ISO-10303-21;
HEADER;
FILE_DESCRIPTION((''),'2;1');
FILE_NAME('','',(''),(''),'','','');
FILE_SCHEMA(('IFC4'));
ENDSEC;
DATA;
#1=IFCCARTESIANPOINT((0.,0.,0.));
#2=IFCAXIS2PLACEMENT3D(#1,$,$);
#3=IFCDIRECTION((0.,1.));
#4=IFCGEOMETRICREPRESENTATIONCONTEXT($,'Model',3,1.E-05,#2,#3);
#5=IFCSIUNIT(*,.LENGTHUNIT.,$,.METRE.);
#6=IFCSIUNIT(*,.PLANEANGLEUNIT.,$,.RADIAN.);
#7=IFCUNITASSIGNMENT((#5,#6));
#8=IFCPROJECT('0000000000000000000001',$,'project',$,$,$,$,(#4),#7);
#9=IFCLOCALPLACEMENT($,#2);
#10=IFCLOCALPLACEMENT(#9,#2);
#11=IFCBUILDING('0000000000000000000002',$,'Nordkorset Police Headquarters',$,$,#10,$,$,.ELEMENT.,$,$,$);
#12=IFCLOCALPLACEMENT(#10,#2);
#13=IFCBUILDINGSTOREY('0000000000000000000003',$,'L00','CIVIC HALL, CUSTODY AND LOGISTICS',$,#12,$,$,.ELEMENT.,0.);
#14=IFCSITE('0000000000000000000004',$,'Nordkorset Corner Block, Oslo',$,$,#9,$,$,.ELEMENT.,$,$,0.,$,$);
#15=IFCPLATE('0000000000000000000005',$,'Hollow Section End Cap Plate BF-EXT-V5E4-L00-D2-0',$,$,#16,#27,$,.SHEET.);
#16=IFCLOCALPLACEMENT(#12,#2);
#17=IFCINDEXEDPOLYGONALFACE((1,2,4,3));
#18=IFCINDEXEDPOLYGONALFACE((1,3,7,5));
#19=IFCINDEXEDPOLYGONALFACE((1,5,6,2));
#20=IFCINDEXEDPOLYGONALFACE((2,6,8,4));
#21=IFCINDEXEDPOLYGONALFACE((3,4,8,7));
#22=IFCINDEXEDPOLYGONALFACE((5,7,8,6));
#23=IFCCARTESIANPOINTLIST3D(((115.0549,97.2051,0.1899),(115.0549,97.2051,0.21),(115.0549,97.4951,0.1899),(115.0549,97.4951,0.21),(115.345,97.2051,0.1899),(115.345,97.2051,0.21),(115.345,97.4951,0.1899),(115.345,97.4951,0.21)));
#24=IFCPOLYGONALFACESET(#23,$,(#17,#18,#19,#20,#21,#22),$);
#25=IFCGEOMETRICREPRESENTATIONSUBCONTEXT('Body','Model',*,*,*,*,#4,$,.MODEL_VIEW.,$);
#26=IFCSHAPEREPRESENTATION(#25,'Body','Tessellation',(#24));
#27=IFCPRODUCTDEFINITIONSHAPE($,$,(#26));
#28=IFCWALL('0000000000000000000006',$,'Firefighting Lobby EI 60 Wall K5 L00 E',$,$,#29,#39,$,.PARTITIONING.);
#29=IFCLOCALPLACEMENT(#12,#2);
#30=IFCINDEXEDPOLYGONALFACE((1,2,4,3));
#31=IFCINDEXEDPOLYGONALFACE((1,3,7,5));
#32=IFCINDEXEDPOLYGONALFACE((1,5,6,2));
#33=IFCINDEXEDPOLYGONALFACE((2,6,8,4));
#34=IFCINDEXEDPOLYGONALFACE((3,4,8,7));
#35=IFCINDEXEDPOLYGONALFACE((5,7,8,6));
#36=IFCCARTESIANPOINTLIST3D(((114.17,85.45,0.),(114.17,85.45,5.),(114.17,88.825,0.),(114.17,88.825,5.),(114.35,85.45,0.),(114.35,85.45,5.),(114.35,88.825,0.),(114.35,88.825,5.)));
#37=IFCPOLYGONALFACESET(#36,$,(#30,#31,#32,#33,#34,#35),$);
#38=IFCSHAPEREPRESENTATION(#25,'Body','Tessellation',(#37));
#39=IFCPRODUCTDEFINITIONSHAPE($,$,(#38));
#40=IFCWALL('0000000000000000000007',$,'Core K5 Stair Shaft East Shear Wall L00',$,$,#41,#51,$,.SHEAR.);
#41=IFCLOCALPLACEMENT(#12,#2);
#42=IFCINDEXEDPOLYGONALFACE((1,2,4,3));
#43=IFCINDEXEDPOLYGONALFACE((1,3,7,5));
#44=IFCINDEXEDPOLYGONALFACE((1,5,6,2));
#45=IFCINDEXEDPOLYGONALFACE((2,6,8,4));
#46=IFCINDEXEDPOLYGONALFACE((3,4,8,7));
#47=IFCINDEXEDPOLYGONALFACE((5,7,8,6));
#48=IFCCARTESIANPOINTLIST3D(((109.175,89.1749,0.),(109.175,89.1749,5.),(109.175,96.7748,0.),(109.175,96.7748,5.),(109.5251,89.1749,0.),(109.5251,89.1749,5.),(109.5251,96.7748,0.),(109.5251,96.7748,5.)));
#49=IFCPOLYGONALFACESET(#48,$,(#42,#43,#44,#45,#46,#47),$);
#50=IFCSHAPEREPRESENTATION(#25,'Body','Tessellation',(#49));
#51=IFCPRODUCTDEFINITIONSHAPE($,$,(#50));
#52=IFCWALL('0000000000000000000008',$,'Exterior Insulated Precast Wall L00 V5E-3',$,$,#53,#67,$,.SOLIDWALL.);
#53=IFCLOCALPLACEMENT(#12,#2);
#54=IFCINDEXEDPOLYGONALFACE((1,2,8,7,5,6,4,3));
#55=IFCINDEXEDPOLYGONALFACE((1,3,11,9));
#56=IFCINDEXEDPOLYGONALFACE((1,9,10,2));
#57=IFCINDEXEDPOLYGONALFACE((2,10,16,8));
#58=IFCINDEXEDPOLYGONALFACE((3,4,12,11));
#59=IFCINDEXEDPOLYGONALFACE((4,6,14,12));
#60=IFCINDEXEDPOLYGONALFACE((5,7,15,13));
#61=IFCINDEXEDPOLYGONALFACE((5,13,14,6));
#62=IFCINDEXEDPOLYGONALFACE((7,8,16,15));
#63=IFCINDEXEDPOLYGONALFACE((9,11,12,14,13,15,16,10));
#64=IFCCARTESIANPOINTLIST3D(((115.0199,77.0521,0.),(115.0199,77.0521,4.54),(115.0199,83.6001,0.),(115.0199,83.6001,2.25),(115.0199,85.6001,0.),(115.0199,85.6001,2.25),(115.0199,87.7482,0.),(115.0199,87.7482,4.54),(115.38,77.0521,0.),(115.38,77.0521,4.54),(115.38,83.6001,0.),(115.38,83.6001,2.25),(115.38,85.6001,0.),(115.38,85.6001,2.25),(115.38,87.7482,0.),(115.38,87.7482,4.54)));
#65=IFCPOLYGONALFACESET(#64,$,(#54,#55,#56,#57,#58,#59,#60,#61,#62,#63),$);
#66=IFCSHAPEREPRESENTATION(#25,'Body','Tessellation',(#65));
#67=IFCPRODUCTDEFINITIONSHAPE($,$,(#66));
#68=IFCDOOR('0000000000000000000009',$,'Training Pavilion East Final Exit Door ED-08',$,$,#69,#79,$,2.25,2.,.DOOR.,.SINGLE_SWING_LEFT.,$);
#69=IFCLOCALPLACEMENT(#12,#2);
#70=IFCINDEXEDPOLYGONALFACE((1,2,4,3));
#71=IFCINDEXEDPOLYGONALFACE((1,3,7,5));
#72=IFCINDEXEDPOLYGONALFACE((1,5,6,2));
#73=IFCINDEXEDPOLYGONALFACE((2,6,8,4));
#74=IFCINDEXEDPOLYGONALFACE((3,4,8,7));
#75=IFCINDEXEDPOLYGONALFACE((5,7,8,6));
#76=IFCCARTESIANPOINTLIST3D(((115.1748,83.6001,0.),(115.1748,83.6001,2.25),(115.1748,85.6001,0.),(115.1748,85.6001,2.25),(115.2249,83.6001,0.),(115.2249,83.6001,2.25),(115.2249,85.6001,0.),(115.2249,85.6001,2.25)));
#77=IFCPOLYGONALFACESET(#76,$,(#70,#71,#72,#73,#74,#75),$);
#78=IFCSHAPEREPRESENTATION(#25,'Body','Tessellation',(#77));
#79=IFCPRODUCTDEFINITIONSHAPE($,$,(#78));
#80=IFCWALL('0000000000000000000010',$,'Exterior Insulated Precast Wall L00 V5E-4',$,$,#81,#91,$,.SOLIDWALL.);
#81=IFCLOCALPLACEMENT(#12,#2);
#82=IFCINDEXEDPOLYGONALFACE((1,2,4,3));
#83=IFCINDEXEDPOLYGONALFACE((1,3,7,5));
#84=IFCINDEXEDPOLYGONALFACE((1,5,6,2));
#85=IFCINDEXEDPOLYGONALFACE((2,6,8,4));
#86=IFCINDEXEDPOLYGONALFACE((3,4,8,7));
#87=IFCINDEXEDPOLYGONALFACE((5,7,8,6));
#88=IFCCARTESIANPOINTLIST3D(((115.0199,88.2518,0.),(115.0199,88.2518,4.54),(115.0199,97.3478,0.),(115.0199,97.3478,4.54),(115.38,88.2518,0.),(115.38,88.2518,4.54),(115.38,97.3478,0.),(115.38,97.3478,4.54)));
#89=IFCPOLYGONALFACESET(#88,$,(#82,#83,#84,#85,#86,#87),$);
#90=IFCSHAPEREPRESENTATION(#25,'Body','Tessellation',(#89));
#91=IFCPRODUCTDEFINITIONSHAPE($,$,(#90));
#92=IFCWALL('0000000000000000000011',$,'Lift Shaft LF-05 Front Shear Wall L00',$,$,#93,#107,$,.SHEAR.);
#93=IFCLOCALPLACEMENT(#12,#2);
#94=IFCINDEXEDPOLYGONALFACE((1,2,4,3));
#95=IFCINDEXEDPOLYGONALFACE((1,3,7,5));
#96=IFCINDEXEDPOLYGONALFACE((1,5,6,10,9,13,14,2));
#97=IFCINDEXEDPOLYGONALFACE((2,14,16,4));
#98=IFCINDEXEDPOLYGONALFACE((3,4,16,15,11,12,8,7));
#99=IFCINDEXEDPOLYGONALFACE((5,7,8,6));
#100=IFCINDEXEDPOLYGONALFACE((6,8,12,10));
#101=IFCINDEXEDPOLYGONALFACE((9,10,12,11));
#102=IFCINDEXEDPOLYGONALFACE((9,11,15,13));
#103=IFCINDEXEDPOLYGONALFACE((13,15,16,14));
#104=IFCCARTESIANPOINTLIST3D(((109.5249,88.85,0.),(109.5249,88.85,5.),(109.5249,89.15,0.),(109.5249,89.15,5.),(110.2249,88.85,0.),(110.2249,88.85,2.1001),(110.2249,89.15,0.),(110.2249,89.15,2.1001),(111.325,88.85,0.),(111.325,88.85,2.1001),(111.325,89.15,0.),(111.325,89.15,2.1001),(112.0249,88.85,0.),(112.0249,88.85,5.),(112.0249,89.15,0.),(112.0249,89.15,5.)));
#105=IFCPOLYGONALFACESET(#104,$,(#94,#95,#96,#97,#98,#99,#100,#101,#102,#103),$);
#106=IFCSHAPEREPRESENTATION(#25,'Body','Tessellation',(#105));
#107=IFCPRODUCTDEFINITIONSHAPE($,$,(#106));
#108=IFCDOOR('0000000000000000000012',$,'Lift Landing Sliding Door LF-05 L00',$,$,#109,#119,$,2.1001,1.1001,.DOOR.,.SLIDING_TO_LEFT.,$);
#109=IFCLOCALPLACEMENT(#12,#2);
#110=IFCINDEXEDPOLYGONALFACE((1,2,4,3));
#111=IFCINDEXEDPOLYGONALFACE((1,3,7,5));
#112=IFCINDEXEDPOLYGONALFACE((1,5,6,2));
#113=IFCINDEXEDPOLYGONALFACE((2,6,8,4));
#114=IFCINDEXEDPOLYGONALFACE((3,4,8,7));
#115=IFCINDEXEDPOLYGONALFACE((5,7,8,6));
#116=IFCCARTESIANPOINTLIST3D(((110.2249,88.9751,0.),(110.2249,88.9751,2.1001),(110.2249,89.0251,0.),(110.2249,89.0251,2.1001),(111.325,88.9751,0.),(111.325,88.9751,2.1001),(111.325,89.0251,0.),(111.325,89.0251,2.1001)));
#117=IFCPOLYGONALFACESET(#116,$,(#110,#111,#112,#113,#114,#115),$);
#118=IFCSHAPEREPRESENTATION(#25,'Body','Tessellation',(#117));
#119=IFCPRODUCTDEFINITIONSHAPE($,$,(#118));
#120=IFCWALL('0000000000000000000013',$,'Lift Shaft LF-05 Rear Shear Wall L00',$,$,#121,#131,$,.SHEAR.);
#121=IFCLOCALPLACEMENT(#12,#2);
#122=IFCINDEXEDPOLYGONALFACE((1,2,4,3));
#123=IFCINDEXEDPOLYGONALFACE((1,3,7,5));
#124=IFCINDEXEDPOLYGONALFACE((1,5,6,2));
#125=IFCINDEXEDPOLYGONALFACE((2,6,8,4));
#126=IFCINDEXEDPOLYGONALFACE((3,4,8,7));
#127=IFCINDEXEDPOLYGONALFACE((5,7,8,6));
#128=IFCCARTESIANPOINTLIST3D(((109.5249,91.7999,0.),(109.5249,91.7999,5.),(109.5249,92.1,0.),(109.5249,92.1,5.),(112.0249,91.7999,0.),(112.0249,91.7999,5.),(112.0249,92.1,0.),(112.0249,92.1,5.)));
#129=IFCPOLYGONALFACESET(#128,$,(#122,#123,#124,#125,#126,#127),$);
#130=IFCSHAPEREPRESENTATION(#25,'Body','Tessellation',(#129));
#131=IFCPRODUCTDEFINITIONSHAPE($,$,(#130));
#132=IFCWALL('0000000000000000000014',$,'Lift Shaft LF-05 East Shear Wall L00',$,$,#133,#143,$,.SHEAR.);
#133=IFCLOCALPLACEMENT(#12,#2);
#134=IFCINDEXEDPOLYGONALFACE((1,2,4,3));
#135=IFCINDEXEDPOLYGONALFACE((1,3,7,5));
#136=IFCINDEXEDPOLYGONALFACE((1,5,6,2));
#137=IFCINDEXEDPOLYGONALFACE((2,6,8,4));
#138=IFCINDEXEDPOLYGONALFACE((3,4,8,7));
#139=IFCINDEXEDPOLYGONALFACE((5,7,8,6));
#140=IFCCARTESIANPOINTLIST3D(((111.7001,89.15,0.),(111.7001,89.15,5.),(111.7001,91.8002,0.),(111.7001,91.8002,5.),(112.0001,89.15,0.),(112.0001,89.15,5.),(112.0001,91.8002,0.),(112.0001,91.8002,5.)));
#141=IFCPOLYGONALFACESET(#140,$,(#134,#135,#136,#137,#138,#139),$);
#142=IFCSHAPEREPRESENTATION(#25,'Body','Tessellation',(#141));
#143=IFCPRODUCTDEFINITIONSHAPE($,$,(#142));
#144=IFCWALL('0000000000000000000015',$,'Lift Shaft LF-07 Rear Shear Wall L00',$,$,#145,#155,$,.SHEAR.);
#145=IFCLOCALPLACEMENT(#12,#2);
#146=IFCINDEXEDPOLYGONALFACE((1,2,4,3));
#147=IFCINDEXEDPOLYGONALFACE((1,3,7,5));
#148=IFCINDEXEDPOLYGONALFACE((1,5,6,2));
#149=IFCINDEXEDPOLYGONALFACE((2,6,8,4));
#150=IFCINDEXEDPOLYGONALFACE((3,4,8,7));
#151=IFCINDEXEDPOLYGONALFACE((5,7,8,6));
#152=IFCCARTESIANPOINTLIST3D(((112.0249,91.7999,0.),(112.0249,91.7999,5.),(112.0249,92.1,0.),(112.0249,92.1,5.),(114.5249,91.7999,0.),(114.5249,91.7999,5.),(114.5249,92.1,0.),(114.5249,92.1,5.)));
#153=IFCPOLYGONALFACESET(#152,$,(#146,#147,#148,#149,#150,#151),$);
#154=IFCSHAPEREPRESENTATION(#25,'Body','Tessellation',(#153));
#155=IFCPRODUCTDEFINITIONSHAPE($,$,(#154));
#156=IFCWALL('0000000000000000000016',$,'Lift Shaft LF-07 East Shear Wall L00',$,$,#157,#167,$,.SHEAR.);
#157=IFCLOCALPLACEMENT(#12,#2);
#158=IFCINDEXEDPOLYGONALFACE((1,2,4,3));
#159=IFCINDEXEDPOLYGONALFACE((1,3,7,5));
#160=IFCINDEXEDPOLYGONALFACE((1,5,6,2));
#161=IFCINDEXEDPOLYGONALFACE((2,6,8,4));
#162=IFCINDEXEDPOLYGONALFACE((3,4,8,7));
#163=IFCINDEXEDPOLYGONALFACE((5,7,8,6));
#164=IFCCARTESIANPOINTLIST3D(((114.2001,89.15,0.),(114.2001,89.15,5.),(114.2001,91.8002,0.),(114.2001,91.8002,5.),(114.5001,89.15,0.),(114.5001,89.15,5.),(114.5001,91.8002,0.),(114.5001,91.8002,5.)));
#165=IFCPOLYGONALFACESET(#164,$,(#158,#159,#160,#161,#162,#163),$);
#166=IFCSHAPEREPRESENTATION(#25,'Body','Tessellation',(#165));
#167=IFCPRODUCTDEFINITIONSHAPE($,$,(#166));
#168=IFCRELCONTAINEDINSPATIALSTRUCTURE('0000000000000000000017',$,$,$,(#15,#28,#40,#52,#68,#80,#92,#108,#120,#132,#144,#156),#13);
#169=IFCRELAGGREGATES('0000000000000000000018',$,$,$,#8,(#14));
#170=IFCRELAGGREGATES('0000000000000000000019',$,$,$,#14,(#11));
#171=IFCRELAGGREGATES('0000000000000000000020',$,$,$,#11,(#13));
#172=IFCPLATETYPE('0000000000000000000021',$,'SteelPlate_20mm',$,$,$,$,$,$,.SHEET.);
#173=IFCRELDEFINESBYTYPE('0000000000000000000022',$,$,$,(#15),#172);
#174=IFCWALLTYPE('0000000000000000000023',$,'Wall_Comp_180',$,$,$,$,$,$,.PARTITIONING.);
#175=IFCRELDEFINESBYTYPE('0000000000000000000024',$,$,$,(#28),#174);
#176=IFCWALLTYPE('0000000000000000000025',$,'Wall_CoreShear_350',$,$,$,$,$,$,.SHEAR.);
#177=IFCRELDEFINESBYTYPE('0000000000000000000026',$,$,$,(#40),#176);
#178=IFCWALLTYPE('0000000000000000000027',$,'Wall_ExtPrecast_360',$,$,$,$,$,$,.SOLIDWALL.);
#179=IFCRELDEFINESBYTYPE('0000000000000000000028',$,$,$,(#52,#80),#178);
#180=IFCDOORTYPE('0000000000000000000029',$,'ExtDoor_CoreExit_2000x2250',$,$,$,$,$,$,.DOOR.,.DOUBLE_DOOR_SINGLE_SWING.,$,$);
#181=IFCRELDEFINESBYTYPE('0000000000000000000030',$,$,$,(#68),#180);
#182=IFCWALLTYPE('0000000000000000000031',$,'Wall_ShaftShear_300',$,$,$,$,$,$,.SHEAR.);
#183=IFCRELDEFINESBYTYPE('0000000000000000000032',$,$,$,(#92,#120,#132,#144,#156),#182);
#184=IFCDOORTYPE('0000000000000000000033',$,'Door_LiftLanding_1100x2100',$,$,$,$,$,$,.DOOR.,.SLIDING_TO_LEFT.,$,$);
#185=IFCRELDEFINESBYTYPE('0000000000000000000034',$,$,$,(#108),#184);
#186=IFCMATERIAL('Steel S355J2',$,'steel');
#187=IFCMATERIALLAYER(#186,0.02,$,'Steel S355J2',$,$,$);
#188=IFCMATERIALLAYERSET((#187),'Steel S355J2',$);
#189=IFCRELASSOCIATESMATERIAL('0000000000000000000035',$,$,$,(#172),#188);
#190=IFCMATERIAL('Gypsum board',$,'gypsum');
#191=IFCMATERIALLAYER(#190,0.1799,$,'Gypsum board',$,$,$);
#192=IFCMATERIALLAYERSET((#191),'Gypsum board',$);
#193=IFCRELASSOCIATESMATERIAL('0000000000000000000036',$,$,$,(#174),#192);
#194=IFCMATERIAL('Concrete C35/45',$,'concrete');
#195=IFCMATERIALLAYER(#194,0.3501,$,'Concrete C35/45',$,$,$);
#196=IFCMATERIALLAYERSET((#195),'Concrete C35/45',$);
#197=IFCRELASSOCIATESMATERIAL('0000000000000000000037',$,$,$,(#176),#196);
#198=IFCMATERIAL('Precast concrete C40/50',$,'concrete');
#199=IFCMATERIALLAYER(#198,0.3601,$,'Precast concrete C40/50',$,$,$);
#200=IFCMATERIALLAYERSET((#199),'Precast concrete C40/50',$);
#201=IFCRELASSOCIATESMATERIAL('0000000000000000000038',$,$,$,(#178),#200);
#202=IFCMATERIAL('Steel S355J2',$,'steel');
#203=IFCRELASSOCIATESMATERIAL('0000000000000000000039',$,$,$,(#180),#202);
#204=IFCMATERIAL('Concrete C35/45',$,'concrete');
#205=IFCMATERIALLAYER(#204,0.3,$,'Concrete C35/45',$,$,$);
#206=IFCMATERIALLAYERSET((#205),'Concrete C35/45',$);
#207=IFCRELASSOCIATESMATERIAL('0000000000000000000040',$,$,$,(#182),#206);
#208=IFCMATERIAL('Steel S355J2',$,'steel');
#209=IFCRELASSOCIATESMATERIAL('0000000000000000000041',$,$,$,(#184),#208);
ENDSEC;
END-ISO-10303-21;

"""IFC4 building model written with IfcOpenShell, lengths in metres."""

from ifc_helpers import new_model, si_unit, direction, frame, frame_2d, origin, origin_2d, place, context, subcontext, project, spatial, rectangle, extrude, material, layer, layer_set, type_object, element, fill, save


model = new_model("IFC4")

# Units and contexts
model_context = context("Model", 3, precision=1e-05, world=origin(), true_north=direction((0.0, 1.0)))
body_context = subcontext(model_context, "Body", "Model", "MODEL_VIEW")
ifc_project = project(units=[si_unit("LENGTHUNIT", "METRE"), si_unit("PLANEANGLEUNIT", "RADIAN")], contexts=[model_context])

# Site, building, storey
site_placement = place(None, origin())
site = spatial("IfcSite", under=ifc_project, at=site_placement, Name="Nordkorset Corner Block, Oslo", CompositionType="ELEMENT", RefElevation=0.0)
building_placement = place(site_placement, origin())
building = spatial("IfcBuilding", under=site, at=building_placement, Name="Nordkorset Police Headquarters", CompositionType="ELEMENT")
storey_placement = place(building_placement, origin())
storey = spatial("IfcBuildingStorey", under=building, at=storey_placement, Name="L00", Description="CIVIC HALL, CUSTODY AND LOGISTICS", CompositionType="ELEMENT", Elevation=0.0)

# Plate
ifc_material_1 = material(Name="Steel S355J2", Category="steel")
ifc_layer_1 = layer(ifc_material_1, 0.02, Name="Steel S355J2")
ifc_layer_set_1 = layer_set([ifc_layer_1], Name="Steel S355J2")
plate_type = type_object("IfcPlateType", Name="SteelPlate_20mm", PredefinedType="SHEET", material=ifc_layer_set_1)
for number, where, z_axis, x_axis, name in (
    (1, (115.2, 97.3501, 0.1899), (0.0, 0.0, 1.0), (1.0, 0.0, 0.0), "Hollow Section End Cap Plate BF-EXT-V5E4-L00-D2-0"),
):
    element("IfcPlate", number, at=place(storey_placement, frame(where, z_axis=z_axis, x_axis=x_axis)), inside=storey, type_object=plate_type, Name=name, PredefinedType="SHEET", context=body_context, shape_type="SweptSolid", body=[
        extrude(rectangle(XDim=0.29, YDim=0.29, at=origin_2d()), origin(), (0.0, 0.0, 1.0), 0.02),
    ])

# Walls
ifc_material_2 = material(Name="Gypsum board", Category="gypsum")
ifc_layer_2 = layer(ifc_material_2, 0.1799, Name="Gypsum board")
ifc_layer_set_2 = layer_set([ifc_layer_2], Name="Gypsum board")
wall_type_1 = type_object("IfcWallType", Name="Wall_Comp_180", PredefinedType="PARTITIONING", material=ifc_layer_set_2)
wall_1_placement = place(storey_placement, frame((114.26, 85.45, 0.0), z_axis=(0.0, 0.0, 1.0), x_axis=(0.0, 1.0, 0.0)))
element("IfcWall", 2, at=wall_1_placement, inside=storey, type_object=wall_type_1, Name="Firefighting Lobby EI 60 Wall K5 L00 E", PredefinedType="PARTITIONING", context=body_context, shape_type="SweptSolid", body=[
    extrude(rectangle(XDim=3.375, YDim=0.1799, at=frame_2d((1.6875, 0.0))), origin(), (0.0, 0.0, 1.0), 5.0),
])
ifc_material_3 = material(Name="Concrete C35/45", Category="concrete")
ifc_layer_3 = layer(ifc_material_3, 0.3501, Name="Concrete C35/45")
ifc_layer_set_3 = layer_set([ifc_layer_3], Name="Concrete C35/45")
wall_type_2 = type_object("IfcWallType", Name="Wall_CoreShear_350", PredefinedType="SHEAR", material=ifc_layer_set_3)
wall_2_placement = place(storey_placement, frame((109.3501, 89.175, 0.0), z_axis=(0.0, 0.0, 1.0), x_axis=(0.0, 1.0, 0.0)))
element("IfcWall", 3, at=wall_2_placement, inside=storey, type_object=wall_type_2, Name="Core K5 Stair Shaft East Shear Wall L00", PredefinedType="SHEAR", context=body_context, shape_type="SweptSolid", body=[
    extrude(rectangle(XDim=7.5999, YDim=0.3501, at=frame_2d((3.7998, 0.0))), origin(), (0.0, 0.0, 1.0), 5.0),
])

# Wall, opening, door
ifc_material_4 = material(Name="Precast concrete C40/50", Category="concrete")
ifc_layer_4 = layer(ifc_material_4, 0.3601, Name="Precast concrete C40/50")
ifc_layer_set_4 = layer_set([ifc_layer_4], Name="Precast concrete C40/50")
wall_type_3 = type_object("IfcWallType", Name="Wall_ExtPrecast_360", PredefinedType="SOLIDWALL", material=ifc_layer_set_4)
wall_3_placement = place(storey_placement, frame((115.2, 77.052, 0.0), z_axis=(0.0, 0.0, 1.0), x_axis=(0.0, 1.0, 0.0)))
wall_3 = element("IfcWall", 4, at=wall_3_placement, inside=storey, type_object=wall_type_3, Name="Exterior Insulated Precast Wall L00 V5E-3", PredefinedType="SOLIDWALL", context=body_context, shape_type="SweptSolid", body=[
    extrude(rectangle(XDim=10.696, YDim=0.3601, at=frame_2d((5.3481, 0.0))), origin(), (0.0, 0.0, 1.0), 4.54),
])
opening_1_placement = place(wall_3_placement, frame((6.5481, 0.0, 0.0)))
opening_1 = element("IfcOpeningElement", 5, at=opening_1_placement, cuts=wall_3, PredefinedType="OPENING", context=body_context, shape_type="SweptSolid", body=[
    extrude(rectangle(XDim=2.0, YDim=2.25, at=frame_2d((1.0, 1.125))), frame((0.0, 0.1899, 0.0), z_axis=(0.0, -1.0, 0.0), x_axis=(1.0, 0.0, 0.0)), (0.0, 0.0, 1.0), 0.3801),
])
ifc_material_5 = material(Name="Steel S355J2", Category="steel")
door_type_1 = type_object("IfcDoorType", Name="ExtDoor_CoreExit_2000x2250", OperationType="DOUBLE_DOOR_SINGLE_SWING", PredefinedType="DOOR", material=ifc_material_5)
door_1_placement = place(opening_1_placement, frame((2.0, 0.0, 0.0), z_axis=(0.0, 0.0, 1.0), x_axis=(-1.0, 0.0, 0.0)))
door_1 = element("IfcDoor", 6, at=door_1_placement, inside=storey, type_object=door_type_1, Name="Training Pavilion East Final Exit Door ED-08", OperationType="SINGLE_SWING_LEFT", OverallHeight=2.25, OverallWidth=2.0, PredefinedType="DOOR", context=body_context, shape_type="SweptSolid", body=[
    extrude(rectangle(XDim=2.0, YDim=2.25, at=frame_2d((1.0, 1.125))), frame((0.0, 0.0249, 0.0), z_axis=(0.0, -1.0, 0.0), x_axis=(1.0, 0.0, 0.0)), (0.0, 0.0, 1.0), 0.05),
])
fill(opening_1, door_1)

# Wall
wall_4_placement = place(storey_placement, frame((115.2, 88.252, 0.0), z_axis=(0.0, 0.0, 1.0), x_axis=(0.0, 1.0, 0.0)))
element("IfcWall", 7, at=wall_4_placement, inside=storey, type_object=wall_type_3, Name="Exterior Insulated Precast Wall L00 V5E-4", PredefinedType="SOLIDWALL", context=body_context, shape_type="SweptSolid", body=[
    extrude(rectangle(XDim=9.0959, YDim=0.3601, at=frame_2d((4.5479, 0.0))), origin(), (0.0, 0.0, 1.0), 4.54),
])

# Wall, opening, door
ifc_material_6 = material(Name="Concrete C35/45", Category="concrete")
ifc_layer_5 = layer(ifc_material_6, 0.3, Name="Concrete C35/45")
ifc_layer_set_5 = layer_set([ifc_layer_5], Name="Concrete C35/45")
wall_type_4 = type_object("IfcWallType", Name="Wall_ShaftShear_300", PredefinedType="SHEAR", material=ifc_layer_set_5)
wall_5_placement = place(storey_placement, frame((109.5249, 89.0, 0.0), z_axis=(0.0, 0.0, 1.0), x_axis=(1.0, 0.0, 0.0)))
wall_5 = element("IfcWall", 8, at=wall_5_placement, inside=storey, type_object=wall_type_4, Name="Lift Shaft LF-05 Front Shear Wall L00", PredefinedType="SHEAR", context=body_context, shape_type="SweptSolid", body=[
    extrude(rectangle(XDim=2.5, YDim=0.3, at=frame_2d((1.25, 0.0))), origin(), (0.0, 0.0, 1.0), 5.0),
])
opening_2_placement = place(wall_5_placement, frame((0.7, 0.0, 0.0)))
opening_2 = element("IfcOpeningElement", 9, at=opening_2_placement, cuts=wall_5, PredefinedType="OPENING", context=body_context, shape_type="SweptSolid", body=[
    extrude(rectangle(XDim=1.1001, YDim=2.1001, at=frame_2d((0.55, 1.05))), frame((0.0, 0.1602, 0.0), z_axis=(0.0, -1.0, 0.0), x_axis=(1.0, 0.0, 0.0)), (0.0, 0.0, 1.0), 0.3201),
])
ifc_material_7 = material(Name="Steel S355J2", Category="steel")
door_type_2 = type_object("IfcDoorType", Name="Door_LiftLanding_1100x2100", OperationType="SLIDING_TO_LEFT", PredefinedType="DOOR", material=ifc_material_7)
door_2_placement = place(opening_2_placement, frame((1.1001, 0.0, 0.0), z_axis=(0.0, 0.0, 1.0), x_axis=(-1.0, 0.0, 0.0)))
door_2 = element("IfcDoor", 10, at=door_2_placement, inside=storey, type_object=door_type_2, Name="Lift Landing Sliding Door LF-05 L00", OperationType="SLIDING_TO_LEFT", OverallHeight=2.1001, OverallWidth=1.1001, PredefinedType="DOOR", context=body_context, shape_type="SweptSolid", body=[
    extrude(rectangle(XDim=1.1001, YDim=2.1001, at=frame_2d((0.55, 1.05))), frame((0.0, 0.0249, 0.0), z_axis=(0.0, -1.0, 0.0), x_axis=(1.0, 0.0, 0.0)), (0.0, 0.0, 1.0), 0.05),
])
fill(opening_2, door_2)

# Walls
wall_6_placement = place(storey_placement, frame((109.5249, 91.95, 0.0), z_axis=(0.0, 0.0, 1.0), x_axis=(1.0, 0.0, 0.0)))
element("IfcWall", 11, at=wall_6_placement, inside=storey, type_object=wall_type_4, Name="Lift Shaft LF-05 Rear Shear Wall L00", PredefinedType="SHEAR", context=body_context, shape_type="SweptSolid", body=[
    extrude(rectangle(XDim=2.5, YDim=0.3, at=frame_2d((1.25, 0.0))), origin(), (0.0, 0.0, 1.0), 5.0),
])
wall_7_placement = place(storey_placement, frame((111.8501, 89.1499, 0.0), z_axis=(0.0, 0.0, 1.0), x_axis=(0.0, 1.0, 0.0)))
element("IfcWall", 12, at=wall_7_placement, inside=storey, type_object=wall_type_4, Name="Lift Shaft LF-05 East Shear Wall L00", PredefinedType="SHEAR", context=body_context, shape_type="SweptSolid", body=[
    extrude(rectangle(XDim=2.6501, YDim=0.3, at=frame_2d((1.3252, 0.0))), origin(), (0.0, 0.0, 1.0), 5.0),
])

# Walls
wall_8_placement = place(storey_placement, frame((112.0249, 91.95, 0.0), z_axis=(0.0, 0.0, 1.0), x_axis=(1.0, 0.0, 0.0)))
element("IfcWall", 13, at=wall_8_placement, inside=storey, type_object=wall_type_4, Name="Lift Shaft LF-07 Rear Shear Wall L00", PredefinedType="SHEAR", context=body_context, shape_type="SweptSolid", body=[
    extrude(rectangle(XDim=2.5, YDim=0.3, at=frame_2d((1.25, 0.0))), origin(), (0.0, 0.0, 1.0), 5.0),
])
wall_9_placement = place(storey_placement, frame((114.3501, 89.1499, 0.0), z_axis=(0.0, 0.0, 1.0), x_axis=(0.0, 1.0, 0.0)))
element("IfcWall", 14, at=wall_9_placement, inside=storey, type_object=wall_type_4, Name="Lift Shaft LF-07 East Shear Wall L00", PredefinedType="SHEAR", context=body_context, shape_type="SweptSolid", body=[
    extrude(rectangle(XDim=2.6501, YDim=0.3, at=frame_2d((1.3252, 0.0))), origin(), (0.0, 0.0, 1.0), 5.0),
])

save(model, "model.ifc")
